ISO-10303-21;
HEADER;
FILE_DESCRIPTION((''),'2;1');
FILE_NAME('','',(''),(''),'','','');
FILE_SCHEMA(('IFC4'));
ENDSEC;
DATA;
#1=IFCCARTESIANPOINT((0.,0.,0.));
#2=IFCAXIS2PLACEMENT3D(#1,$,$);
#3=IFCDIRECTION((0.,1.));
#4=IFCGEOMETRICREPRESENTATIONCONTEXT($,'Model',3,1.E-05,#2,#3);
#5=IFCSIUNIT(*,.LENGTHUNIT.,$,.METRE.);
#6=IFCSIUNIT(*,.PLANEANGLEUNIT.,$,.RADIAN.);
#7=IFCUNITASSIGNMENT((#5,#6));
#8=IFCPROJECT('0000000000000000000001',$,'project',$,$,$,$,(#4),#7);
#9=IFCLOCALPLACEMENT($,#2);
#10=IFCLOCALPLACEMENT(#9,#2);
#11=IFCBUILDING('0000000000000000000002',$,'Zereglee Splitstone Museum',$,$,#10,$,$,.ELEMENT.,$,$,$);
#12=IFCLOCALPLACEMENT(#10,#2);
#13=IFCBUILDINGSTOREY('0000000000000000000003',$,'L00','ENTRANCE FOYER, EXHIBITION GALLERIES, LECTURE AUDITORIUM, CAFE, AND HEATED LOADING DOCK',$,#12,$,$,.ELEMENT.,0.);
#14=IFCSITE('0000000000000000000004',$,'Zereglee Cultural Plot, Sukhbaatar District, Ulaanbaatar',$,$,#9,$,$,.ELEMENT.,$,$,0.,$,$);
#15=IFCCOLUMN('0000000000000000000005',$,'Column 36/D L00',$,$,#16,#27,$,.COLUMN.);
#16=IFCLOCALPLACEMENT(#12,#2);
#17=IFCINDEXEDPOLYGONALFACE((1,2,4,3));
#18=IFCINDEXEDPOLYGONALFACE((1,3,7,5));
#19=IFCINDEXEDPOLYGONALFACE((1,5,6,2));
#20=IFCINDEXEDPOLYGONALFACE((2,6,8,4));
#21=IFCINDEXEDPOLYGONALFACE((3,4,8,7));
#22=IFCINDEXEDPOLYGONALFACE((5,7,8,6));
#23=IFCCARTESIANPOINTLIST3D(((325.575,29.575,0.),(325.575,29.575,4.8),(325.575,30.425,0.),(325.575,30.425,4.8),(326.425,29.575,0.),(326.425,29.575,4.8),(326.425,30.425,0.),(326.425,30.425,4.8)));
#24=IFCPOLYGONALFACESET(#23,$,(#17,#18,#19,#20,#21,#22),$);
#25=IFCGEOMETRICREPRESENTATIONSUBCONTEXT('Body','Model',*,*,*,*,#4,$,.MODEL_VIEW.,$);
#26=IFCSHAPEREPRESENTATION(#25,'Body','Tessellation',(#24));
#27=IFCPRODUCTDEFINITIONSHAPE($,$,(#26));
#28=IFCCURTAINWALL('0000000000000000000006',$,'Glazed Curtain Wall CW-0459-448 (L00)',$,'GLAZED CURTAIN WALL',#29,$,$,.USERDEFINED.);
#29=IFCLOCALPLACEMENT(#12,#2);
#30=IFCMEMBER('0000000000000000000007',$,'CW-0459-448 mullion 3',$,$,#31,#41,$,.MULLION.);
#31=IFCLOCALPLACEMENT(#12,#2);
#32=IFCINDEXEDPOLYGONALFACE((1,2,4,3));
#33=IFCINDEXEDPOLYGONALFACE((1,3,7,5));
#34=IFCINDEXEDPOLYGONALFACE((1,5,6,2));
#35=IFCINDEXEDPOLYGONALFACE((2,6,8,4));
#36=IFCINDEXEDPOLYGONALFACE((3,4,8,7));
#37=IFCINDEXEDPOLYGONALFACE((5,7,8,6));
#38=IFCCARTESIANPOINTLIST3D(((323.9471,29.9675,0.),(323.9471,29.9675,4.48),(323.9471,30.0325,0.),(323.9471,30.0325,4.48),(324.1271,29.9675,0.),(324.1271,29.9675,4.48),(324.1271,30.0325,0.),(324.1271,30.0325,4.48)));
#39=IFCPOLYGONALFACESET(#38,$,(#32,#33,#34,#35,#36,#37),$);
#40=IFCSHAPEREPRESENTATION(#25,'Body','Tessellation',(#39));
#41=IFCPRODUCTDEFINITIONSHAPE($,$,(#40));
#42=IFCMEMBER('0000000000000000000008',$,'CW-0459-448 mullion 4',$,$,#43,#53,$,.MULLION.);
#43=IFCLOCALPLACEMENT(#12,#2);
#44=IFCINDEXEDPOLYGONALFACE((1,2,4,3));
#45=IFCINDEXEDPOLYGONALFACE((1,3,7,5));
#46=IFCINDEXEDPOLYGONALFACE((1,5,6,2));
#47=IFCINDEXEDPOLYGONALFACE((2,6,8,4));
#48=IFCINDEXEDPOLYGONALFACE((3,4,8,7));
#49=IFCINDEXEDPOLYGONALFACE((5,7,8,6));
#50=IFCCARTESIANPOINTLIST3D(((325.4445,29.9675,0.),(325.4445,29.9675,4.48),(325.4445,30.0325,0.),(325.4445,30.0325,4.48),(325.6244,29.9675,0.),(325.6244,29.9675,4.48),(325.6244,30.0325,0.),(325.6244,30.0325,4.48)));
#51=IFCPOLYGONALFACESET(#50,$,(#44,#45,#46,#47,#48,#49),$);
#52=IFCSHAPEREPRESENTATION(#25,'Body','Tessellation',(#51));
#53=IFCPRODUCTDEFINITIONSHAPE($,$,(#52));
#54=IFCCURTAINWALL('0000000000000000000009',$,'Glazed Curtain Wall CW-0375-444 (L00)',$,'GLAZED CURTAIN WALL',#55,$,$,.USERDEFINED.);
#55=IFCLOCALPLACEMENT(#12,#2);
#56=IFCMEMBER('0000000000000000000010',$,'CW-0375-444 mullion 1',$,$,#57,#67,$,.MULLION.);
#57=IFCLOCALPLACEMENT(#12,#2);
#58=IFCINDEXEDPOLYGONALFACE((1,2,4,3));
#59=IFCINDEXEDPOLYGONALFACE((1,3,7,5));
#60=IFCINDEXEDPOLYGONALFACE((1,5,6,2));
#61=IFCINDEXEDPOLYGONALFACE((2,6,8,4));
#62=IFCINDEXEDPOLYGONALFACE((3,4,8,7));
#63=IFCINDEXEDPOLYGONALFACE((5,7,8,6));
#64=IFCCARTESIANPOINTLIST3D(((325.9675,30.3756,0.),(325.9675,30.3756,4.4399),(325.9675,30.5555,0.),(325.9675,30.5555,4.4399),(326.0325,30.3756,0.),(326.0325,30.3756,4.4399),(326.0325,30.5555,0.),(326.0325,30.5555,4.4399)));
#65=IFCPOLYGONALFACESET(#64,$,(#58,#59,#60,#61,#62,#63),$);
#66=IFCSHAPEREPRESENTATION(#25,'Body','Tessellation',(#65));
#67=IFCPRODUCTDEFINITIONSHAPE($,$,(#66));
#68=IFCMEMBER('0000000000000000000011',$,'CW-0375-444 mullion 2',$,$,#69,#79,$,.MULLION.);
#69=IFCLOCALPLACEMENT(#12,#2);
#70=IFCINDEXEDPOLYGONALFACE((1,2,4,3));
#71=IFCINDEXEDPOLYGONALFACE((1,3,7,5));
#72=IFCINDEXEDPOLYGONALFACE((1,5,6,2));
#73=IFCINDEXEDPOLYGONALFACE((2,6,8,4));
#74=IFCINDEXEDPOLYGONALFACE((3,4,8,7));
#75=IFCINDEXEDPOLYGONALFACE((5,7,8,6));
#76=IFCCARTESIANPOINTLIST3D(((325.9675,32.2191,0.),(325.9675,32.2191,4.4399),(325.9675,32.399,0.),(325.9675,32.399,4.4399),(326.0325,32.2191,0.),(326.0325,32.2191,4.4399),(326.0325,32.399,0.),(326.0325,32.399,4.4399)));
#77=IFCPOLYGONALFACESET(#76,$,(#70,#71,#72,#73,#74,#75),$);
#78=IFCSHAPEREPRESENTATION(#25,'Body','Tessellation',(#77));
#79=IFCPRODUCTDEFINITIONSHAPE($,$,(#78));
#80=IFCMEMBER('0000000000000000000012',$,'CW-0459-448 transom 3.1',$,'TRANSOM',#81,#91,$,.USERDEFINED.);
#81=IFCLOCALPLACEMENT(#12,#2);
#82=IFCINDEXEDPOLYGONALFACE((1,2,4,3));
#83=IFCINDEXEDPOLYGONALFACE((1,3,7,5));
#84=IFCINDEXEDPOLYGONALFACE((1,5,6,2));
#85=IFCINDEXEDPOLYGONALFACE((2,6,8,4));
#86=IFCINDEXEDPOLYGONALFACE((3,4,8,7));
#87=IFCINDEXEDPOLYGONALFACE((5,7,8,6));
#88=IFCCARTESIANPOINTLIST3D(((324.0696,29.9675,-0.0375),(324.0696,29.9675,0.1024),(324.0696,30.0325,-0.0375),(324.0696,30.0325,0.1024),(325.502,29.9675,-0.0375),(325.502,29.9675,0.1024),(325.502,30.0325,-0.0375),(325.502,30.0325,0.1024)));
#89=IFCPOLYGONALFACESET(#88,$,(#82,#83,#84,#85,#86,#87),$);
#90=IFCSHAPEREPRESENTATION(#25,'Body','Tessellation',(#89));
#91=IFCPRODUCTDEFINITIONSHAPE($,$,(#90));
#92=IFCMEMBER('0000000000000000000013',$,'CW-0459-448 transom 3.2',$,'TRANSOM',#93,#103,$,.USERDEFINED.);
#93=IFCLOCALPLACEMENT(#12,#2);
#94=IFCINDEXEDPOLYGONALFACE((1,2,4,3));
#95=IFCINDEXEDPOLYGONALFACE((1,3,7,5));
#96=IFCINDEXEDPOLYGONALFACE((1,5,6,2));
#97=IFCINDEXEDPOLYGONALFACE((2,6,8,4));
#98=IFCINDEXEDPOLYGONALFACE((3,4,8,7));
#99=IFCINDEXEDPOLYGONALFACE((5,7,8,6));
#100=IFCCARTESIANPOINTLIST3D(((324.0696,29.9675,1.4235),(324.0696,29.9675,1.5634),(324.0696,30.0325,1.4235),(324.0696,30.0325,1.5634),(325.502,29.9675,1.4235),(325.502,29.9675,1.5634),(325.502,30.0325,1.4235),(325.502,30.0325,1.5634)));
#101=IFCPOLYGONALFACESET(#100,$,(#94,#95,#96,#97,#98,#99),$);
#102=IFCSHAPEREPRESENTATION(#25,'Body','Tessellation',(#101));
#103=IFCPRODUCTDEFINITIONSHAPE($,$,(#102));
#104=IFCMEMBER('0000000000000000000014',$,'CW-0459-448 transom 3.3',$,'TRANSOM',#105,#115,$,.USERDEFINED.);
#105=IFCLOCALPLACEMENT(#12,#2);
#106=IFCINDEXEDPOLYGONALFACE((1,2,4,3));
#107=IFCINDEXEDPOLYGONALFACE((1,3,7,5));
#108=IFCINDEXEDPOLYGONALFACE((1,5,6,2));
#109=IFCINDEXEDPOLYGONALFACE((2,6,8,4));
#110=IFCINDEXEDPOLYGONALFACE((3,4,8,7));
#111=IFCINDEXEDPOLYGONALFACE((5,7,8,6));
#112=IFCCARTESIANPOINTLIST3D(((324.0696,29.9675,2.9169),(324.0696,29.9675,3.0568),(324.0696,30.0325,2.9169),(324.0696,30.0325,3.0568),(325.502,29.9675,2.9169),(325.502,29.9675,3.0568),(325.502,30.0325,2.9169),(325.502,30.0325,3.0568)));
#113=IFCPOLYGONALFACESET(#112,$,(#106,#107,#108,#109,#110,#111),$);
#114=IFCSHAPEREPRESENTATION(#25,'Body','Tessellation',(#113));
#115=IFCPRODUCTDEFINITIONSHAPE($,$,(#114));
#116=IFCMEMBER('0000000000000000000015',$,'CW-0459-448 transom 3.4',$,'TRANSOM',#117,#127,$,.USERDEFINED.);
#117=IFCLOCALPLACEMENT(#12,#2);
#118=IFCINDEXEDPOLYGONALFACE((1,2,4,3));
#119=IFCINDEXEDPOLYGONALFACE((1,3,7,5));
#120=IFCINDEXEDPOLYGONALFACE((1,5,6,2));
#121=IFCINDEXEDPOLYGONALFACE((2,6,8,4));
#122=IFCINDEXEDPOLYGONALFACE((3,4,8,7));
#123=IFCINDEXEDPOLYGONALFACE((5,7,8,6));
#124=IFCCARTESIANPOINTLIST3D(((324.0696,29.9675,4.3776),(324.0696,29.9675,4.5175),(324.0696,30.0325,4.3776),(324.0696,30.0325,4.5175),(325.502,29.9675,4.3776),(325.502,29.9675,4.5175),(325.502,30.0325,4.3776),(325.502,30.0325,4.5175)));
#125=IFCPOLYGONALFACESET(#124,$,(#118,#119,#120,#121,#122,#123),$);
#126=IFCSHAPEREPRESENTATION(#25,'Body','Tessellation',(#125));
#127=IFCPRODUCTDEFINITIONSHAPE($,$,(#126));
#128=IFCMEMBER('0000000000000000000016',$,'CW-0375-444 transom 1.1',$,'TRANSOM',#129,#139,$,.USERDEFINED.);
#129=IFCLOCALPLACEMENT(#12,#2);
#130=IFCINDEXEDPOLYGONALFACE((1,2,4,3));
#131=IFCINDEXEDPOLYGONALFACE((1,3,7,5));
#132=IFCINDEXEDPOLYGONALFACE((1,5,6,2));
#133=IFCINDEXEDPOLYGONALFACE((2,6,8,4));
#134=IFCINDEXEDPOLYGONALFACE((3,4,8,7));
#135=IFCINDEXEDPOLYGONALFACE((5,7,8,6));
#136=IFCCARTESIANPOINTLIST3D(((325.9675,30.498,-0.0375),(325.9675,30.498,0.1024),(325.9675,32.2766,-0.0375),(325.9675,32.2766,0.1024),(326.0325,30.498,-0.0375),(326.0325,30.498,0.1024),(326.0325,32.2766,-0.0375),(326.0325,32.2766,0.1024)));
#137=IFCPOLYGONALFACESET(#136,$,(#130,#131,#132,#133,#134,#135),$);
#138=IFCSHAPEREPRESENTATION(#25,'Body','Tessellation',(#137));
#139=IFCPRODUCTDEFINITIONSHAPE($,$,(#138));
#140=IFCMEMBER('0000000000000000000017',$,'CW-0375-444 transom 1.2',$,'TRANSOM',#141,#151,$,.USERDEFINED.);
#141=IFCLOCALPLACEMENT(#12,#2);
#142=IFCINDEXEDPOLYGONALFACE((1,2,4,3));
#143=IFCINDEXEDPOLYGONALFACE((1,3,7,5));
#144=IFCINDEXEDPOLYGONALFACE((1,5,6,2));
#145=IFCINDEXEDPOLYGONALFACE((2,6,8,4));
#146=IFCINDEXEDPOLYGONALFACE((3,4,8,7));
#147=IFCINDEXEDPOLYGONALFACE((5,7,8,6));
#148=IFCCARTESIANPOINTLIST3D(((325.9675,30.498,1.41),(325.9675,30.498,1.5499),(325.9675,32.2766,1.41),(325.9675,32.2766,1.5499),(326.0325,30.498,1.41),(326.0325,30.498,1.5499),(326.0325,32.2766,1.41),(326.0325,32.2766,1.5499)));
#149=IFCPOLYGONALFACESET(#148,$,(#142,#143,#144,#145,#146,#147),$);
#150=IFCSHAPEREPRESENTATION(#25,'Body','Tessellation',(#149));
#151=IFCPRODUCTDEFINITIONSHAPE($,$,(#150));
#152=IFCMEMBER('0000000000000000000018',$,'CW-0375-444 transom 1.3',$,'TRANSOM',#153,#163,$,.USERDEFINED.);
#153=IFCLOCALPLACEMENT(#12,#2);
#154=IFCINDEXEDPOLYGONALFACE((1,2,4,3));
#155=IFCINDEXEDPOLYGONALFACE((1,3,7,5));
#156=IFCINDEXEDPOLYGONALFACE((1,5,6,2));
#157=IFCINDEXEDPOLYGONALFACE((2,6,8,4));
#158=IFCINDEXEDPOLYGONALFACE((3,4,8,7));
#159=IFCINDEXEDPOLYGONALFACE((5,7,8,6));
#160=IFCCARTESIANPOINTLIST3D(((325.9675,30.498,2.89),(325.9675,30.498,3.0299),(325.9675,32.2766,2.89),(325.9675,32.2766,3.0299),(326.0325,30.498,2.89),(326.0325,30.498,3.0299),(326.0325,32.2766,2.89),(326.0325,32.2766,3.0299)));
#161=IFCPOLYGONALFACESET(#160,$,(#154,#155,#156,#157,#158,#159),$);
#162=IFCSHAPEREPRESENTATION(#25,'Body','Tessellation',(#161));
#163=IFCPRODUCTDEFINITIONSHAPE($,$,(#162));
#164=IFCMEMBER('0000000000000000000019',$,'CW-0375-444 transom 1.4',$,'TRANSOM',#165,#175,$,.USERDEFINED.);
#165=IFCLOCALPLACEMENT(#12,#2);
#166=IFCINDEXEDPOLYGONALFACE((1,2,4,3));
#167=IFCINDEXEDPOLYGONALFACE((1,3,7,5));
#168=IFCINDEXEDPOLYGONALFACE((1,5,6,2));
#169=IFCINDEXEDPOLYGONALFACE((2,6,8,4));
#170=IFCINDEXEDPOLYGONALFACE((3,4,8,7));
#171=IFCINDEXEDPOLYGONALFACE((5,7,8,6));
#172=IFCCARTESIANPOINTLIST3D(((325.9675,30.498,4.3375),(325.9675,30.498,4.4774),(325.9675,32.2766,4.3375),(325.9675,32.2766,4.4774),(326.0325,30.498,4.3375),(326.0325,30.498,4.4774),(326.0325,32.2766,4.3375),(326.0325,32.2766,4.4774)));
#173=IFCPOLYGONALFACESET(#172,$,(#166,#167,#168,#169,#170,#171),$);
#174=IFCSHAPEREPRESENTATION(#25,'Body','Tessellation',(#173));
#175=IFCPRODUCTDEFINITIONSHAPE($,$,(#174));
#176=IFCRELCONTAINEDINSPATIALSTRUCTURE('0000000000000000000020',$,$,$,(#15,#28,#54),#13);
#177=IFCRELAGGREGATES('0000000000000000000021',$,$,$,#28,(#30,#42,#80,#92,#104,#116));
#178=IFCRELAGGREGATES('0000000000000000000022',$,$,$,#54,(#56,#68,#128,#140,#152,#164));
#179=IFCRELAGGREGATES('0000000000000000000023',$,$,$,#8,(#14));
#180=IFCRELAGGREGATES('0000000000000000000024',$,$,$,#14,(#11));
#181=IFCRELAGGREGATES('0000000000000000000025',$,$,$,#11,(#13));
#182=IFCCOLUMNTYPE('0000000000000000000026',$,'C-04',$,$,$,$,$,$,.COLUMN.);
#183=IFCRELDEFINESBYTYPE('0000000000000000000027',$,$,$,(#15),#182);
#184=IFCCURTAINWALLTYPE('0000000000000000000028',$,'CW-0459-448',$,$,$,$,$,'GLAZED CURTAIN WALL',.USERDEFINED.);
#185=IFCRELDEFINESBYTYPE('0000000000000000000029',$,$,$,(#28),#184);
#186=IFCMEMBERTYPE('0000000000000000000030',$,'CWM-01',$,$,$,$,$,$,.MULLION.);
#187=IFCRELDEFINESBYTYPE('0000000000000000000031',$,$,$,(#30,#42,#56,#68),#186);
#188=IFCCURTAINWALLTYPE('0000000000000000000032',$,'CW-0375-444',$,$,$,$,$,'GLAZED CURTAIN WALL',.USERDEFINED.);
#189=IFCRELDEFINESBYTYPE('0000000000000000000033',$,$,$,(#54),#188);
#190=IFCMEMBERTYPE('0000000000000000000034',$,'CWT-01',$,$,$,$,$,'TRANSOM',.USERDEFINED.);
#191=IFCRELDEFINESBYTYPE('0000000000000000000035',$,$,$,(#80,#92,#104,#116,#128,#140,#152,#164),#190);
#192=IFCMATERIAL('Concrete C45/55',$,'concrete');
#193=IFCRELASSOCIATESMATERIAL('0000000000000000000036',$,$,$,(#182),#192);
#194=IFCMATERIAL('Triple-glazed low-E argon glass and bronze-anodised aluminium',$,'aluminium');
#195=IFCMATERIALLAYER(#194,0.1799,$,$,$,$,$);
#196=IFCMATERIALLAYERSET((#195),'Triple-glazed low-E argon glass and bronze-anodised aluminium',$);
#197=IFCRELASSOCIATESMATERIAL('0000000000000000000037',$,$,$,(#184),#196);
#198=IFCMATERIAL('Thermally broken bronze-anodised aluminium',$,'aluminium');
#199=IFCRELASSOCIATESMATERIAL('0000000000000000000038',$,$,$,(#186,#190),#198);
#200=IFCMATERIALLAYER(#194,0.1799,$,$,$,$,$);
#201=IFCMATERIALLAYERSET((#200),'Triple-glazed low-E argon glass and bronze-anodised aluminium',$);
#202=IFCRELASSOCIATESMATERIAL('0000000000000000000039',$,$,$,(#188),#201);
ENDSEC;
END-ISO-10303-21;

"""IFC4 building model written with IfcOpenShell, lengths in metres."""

from ifc_helpers import new_model, si_unit, direction, frame, origin, origin_2d, place, context, subcontext, project, spatial, rectangle, extrude, material, layer, layer_set, material_profile, profile_set, type_object, element, aggregate, save


model = new_model("IFC4")

# Units and contexts
model_context = context("Model", 3, precision=1e-05, world=origin(), true_north=direction((0.0, 1.0)))
body_context = subcontext(model_context, "Body", "Model", "MODEL_VIEW")
ifc_project = project(units=[si_unit("LENGTHUNIT", "METRE"), si_unit("PLANEANGLEUNIT", "RADIAN")], contexts=[model_context])

# Site, building, storey
site_placement = place(None, origin())
site = spatial("IfcSite", under=ifc_project, at=site_placement, Name="Zereglee Cultural Plot, Sukhbaatar District, Ulaanbaatar", CompositionType="ELEMENT", RefElevation=0.0)
building_placement = place(site_placement, origin())
building = spatial("IfcBuilding", under=site, at=building_placement, Name="Zereglee Splitstone Museum", CompositionType="ELEMENT")
storey_placement = place(building_placement, origin())
storey = spatial("IfcBuildingStorey", under=building, at=storey_placement, Name="L00", Description="ENTRANCE FOYER, EXHIBITION GALLERIES, LECTURE AUDITORIUM, CAFE, AND HEATED LOADING DOCK", CompositionType="ELEMENT", Elevation=0.0)

# Column
ifc_material_1 = material(Name="Concrete C45/55", Category="concrete")
ifc_material_profile_1 = material_profile(ifc_material_1, rectangle(XDim=0.8501, YDim=0.8501, at=origin_2d()), Name="RC 850x850")
ifc_profile_set_1 = profile_set([ifc_material_profile_1], Name="Concrete C45/55")
column_type = type_object("IfcColumnType", Name="C-04", PredefinedType="COLUMN", material=ifc_profile_set_1)
column_placement = place(storey_placement, frame((326.0, 30.0, 0.0), z_axis=(0.0, 0.0, 1.0), x_axis=(1.0, 0.0, 0.0)))
element("IfcColumn", 1, at=column_placement, inside=storey, type_object=column_type, Name="Column 36/D L00", PredefinedType="COLUMN", context=body_context, shape_type="SweptSolid", body=[
    extrude(rectangle(XDim=0.8501, YDim=0.8501, at=origin_2d()), origin(), (0.0, 0.0, 1.0), 4.8),
])

# Curtain walls, members
ifc_material_2 = material(Name="Triple-glazed low-E argon glass and bronze-anodised aluminium", Category="aluminium")
ifc_layer_1 = layer(ifc_material_2, 0.1799)
ifc_layer_set_1 = layer_set([ifc_layer_1], Name="Triple-glazed low-E argon glass and bronze-anodised aluminium")
curtain_wall_type_1 = type_object("IfcCurtainWallType", Name="CW-0459-448", ElementType="GLAZED CURTAIN WALL", PredefinedType="USERDEFINED", material=ifc_layer_set_1)
curtain_wall_1_placement = place(storey_placement, origin())
curtain_wall_1 = element("IfcCurtainWall", 2, at=curtain_wall_1_placement, inside=storey, type_object=curtain_wall_type_1, Name="Glazed Curtain Wall CW-0459-448 (L00)", ObjectType="GLAZED CURTAIN WALL", PredefinedType="USERDEFINED")
ifc_material_3 = material(Name="Thermally broken bronze-anodised aluminium", Category="aluminium")
ifc_material_profile_2 = material_profile(ifc_material_3, rectangle(XDim=0.0649, YDim=0.1799, at=origin_2d()), Name="CW MULL 65x180")
ifc_profile_set_2 = profile_set([ifc_material_profile_2], Name="Thermally broken bronze-anodised aluminium")
member_type_1 = type_object("IfcMemberType", Name="CWM-01", PredefinedType="MULLION", material=ifc_profile_set_2)
member_1_placement = place(storey_placement, frame((324.0371, 30.0, 0.0), z_axis=(0.0, 0.0, 1.0), x_axis=(0.0, 1.0, 0.0)))
member_1 = element("IfcMember", 3, at=member_1_placement, type_object=member_type_1, Name="CW-0459-448 mullion 3", PredefinedType="MULLION", context=body_context, shape_type="SweptSolid", body=[
    extrude(rectangle(XDim=0.0649, YDim=0.1799, at=origin_2d()), origin(), (0.0, 0.0, 1.0), 4.48),
])
member_2_placement = place(storey_placement, frame((325.5344, 30.0, 0.0), z_axis=(0.0, 0.0, 1.0), x_axis=(0.0, 1.0, 0.0)))
member_2 = element("IfcMember", 4, at=member_2_placement, type_object=member_type_1, Name="CW-0459-448 mullion 4", PredefinedType="MULLION", context=body_context, shape_type="SweptSolid", body=[
    extrude(rectangle(XDim=0.0649, YDim=0.1799, at=origin_2d()), origin(), (0.0, 0.0, 1.0), 4.48),
])
ifc_layer_2 = layer(ifc_material_2, 0.1799)
ifc_layer_set_2 = layer_set([ifc_layer_2], Name="Triple-glazed low-E argon glass and bronze-anodised aluminium")
curtain_wall_type_2 = type_object("IfcCurtainWallType", Name="CW-0375-444", ElementType="GLAZED CURTAIN WALL", PredefinedType="USERDEFINED", material=ifc_layer_set_2)
curtain_wall_2_placement = place(storey_placement, origin())
curtain_wall_2 = element("IfcCurtainWall", 5, at=curtain_wall_2_placement, inside=storey, type_object=curtain_wall_type_2, Name="Glazed Curtain Wall CW-0375-444 (L00)", ObjectType="GLAZED CURTAIN WALL", PredefinedType="USERDEFINED")
member_3_placement = place(storey_placement, frame((326.0, 30.4656, 0.0), z_axis=(0.0, 0.0, 1.0), x_axis=(-1.0, 0.0, 0.0)))
member_3 = element("IfcMember", 6, at=member_3_placement, type_object=member_type_1, Name="CW-0375-444 mullion 1", PredefinedType="MULLION", context=body_context, shape_type="SweptSolid", body=[
    extrude(rectangle(XDim=0.0649, YDim=0.1799, at=origin_2d()), origin(), (0.0, 0.0, 1.0), 4.4399),
])
member_4_placement = place(storey_placement, frame((326.0, 32.3091, 0.0), z_axis=(0.0, 0.0, 1.0), x_axis=(-1.0, 0.0, 0.0)))
member_4 = element("IfcMember", 7, at=member_4_placement, type_object=member_type_1, Name="CW-0375-444 mullion 2", PredefinedType="MULLION", context=body_context, shape_type="SweptSolid", body=[
    extrude(rectangle(XDim=0.0649, YDim=0.1799, at=origin_2d()), origin(), (0.0, 0.0, 1.0), 4.4399),
])

# Members
ifc_material_profile_3 = material_profile(ifc_material_3, rectangle(XDim=0.0649, YDim=0.1399, at=origin_2d()), Name="CW TRAN 65x140")
ifc_profile_set_3 = profile_set([ifc_material_profile_3], Name="Thermally broken bronze-anodised aluminium")
member_type_2 = type_object("IfcMemberType", Name="CWT-01", ElementType="TRANSOM", PredefinedType="USERDEFINED", material=ifc_profile_set_3)
member_5_placement = place(storey_placement, frame((324.0696, 30.0, 0.0325), z_axis=(1.0, 0.0, 0.0), x_axis=(0.0, 1.0, 0.0)))
member_5 = element("IfcMember", 8, at=member_5_placement, type_object=member_type_2, Name="CW-0459-448 transom 3.1", ObjectType="TRANSOM", PredefinedType="USERDEFINED", context=body_context, shape_type="SweptSolid", body=[
    extrude(rectangle(XDim=0.0649, YDim=0.1399, at=origin_2d()), origin(), (0.0, 0.0, 1.0), 1.4324),
])
member_6_placement = place(storey_placement, frame((324.0696, 30.0, 1.4934), z_axis=(1.0, 0.0, 0.0), x_axis=(0.0, 1.0, 0.0)))
member_6 = element("IfcMember", 9, at=member_6_placement, type_object=member_type_2, Name="CW-0459-448 transom 3.2", ObjectType="TRANSOM", PredefinedType="USERDEFINED", context=body_context, shape_type="SweptSolid", body=[
    extrude(rectangle(XDim=0.0649, YDim=0.1399, at=origin_2d()), origin(), (0.0, 0.0, 1.0), 1.4324),
])
member_7_placement = place(storey_placement, frame((324.0696, 30.0, 2.9868), z_axis=(1.0, 0.0, 0.0), x_axis=(0.0, 1.0, 0.0)))
member_7 = element("IfcMember", 10, at=member_7_placement, type_object=member_type_2, Name="CW-0459-448 transom 3.3", ObjectType="TRANSOM", PredefinedType="USERDEFINED", context=body_context, shape_type="SweptSolid", body=[
    extrude(rectangle(XDim=0.0649, YDim=0.1399, at=origin_2d()), origin(), (0.0, 0.0, 1.0), 1.4324),
])
member_8_placement = place(storey_placement, frame((324.0696, 30.0, 4.4475), z_axis=(1.0, 0.0, 0.0), x_axis=(0.0, 1.0, 0.0)))
member_8 = element("IfcMember", 11, at=member_8_placement, type_object=member_type_2, Name="CW-0459-448 transom 3.4", ObjectType="TRANSOM", PredefinedType="USERDEFINED", context=body_context, shape_type="SweptSolid", body=[
    extrude(rectangle(XDim=0.0649, YDim=0.1399, at=origin_2d()), origin(), (0.0, 0.0, 1.0), 1.4324),
])
member_9_placement = place(storey_placement, frame((326.0, 30.498, 0.0325), z_axis=(0.0, 1.0, 0.0), x_axis=(-1.0, 0.0, 0.0)))
member_9 = element("IfcMember", 12, at=member_9_placement, type_object=member_type_2, Name="CW-0375-444 transom 1.1", ObjectType="TRANSOM", PredefinedType="USERDEFINED", context=body_context, shape_type="SweptSolid", body=[
    extrude(rectangle(XDim=0.0649, YDim=0.1399, at=origin_2d()), origin(), (0.0, 0.0, 1.0), 1.7786),
])
member_10_placement = place(storey_placement, frame((326.0, 30.498, 1.48), z_axis=(0.0, 1.0, 0.0), x_axis=(-1.0, 0.0, 0.0)))
member_10 = element("IfcMember", 13, at=member_10_placement, type_object=member_type_2, Name="CW-0375-444 transom 1.2", ObjectType="TRANSOM", PredefinedType="USERDEFINED", context=body_context, shape_type="SweptSolid", body=[
    extrude(rectangle(XDim=0.0649, YDim=0.1399, at=origin_2d()), origin(), (0.0, 0.0, 1.0), 1.7786),
])
member_11_placement = place(storey_placement, frame((326.0, 30.498, 2.96), z_axis=(0.0, 1.0, 0.0), x_axis=(-1.0, 0.0, 0.0)))
member_11 = element("IfcMember", 14, at=member_11_placement, type_object=member_type_2, Name="CW-0375-444 transom 1.3", ObjectType="TRANSOM", PredefinedType="USERDEFINED", context=body_context, shape_type="SweptSolid", body=[
    extrude(rectangle(XDim=0.0649, YDim=0.1399, at=origin_2d()), origin(), (0.0, 0.0, 1.0), 1.7786),
])
member_12_placement = place(storey_placement, frame((326.0, 30.498, 4.4075), z_axis=(0.0, 1.0, 0.0), x_axis=(-1.0, 0.0, 0.0)))
member_12 = element("IfcMember", 15, at=member_12_placement, type_object=member_type_2, Name="CW-0375-444 transom 1.4", ObjectType="TRANSOM", PredefinedType="USERDEFINED", context=body_context, shape_type="SweptSolid", body=[
    extrude(rectangle(XDim=0.0649, YDim=0.1399, at=origin_2d()), origin(), (0.0, 0.0, 1.0), 1.7786),
])

aggregate(curtain_wall_1, [member_1, member_2, member_5, member_6, member_7, member_8])
aggregate(curtain_wall_2, [member_3, member_4, member_9, member_10, member_11, member_12])

save(model, "model.ifc")
